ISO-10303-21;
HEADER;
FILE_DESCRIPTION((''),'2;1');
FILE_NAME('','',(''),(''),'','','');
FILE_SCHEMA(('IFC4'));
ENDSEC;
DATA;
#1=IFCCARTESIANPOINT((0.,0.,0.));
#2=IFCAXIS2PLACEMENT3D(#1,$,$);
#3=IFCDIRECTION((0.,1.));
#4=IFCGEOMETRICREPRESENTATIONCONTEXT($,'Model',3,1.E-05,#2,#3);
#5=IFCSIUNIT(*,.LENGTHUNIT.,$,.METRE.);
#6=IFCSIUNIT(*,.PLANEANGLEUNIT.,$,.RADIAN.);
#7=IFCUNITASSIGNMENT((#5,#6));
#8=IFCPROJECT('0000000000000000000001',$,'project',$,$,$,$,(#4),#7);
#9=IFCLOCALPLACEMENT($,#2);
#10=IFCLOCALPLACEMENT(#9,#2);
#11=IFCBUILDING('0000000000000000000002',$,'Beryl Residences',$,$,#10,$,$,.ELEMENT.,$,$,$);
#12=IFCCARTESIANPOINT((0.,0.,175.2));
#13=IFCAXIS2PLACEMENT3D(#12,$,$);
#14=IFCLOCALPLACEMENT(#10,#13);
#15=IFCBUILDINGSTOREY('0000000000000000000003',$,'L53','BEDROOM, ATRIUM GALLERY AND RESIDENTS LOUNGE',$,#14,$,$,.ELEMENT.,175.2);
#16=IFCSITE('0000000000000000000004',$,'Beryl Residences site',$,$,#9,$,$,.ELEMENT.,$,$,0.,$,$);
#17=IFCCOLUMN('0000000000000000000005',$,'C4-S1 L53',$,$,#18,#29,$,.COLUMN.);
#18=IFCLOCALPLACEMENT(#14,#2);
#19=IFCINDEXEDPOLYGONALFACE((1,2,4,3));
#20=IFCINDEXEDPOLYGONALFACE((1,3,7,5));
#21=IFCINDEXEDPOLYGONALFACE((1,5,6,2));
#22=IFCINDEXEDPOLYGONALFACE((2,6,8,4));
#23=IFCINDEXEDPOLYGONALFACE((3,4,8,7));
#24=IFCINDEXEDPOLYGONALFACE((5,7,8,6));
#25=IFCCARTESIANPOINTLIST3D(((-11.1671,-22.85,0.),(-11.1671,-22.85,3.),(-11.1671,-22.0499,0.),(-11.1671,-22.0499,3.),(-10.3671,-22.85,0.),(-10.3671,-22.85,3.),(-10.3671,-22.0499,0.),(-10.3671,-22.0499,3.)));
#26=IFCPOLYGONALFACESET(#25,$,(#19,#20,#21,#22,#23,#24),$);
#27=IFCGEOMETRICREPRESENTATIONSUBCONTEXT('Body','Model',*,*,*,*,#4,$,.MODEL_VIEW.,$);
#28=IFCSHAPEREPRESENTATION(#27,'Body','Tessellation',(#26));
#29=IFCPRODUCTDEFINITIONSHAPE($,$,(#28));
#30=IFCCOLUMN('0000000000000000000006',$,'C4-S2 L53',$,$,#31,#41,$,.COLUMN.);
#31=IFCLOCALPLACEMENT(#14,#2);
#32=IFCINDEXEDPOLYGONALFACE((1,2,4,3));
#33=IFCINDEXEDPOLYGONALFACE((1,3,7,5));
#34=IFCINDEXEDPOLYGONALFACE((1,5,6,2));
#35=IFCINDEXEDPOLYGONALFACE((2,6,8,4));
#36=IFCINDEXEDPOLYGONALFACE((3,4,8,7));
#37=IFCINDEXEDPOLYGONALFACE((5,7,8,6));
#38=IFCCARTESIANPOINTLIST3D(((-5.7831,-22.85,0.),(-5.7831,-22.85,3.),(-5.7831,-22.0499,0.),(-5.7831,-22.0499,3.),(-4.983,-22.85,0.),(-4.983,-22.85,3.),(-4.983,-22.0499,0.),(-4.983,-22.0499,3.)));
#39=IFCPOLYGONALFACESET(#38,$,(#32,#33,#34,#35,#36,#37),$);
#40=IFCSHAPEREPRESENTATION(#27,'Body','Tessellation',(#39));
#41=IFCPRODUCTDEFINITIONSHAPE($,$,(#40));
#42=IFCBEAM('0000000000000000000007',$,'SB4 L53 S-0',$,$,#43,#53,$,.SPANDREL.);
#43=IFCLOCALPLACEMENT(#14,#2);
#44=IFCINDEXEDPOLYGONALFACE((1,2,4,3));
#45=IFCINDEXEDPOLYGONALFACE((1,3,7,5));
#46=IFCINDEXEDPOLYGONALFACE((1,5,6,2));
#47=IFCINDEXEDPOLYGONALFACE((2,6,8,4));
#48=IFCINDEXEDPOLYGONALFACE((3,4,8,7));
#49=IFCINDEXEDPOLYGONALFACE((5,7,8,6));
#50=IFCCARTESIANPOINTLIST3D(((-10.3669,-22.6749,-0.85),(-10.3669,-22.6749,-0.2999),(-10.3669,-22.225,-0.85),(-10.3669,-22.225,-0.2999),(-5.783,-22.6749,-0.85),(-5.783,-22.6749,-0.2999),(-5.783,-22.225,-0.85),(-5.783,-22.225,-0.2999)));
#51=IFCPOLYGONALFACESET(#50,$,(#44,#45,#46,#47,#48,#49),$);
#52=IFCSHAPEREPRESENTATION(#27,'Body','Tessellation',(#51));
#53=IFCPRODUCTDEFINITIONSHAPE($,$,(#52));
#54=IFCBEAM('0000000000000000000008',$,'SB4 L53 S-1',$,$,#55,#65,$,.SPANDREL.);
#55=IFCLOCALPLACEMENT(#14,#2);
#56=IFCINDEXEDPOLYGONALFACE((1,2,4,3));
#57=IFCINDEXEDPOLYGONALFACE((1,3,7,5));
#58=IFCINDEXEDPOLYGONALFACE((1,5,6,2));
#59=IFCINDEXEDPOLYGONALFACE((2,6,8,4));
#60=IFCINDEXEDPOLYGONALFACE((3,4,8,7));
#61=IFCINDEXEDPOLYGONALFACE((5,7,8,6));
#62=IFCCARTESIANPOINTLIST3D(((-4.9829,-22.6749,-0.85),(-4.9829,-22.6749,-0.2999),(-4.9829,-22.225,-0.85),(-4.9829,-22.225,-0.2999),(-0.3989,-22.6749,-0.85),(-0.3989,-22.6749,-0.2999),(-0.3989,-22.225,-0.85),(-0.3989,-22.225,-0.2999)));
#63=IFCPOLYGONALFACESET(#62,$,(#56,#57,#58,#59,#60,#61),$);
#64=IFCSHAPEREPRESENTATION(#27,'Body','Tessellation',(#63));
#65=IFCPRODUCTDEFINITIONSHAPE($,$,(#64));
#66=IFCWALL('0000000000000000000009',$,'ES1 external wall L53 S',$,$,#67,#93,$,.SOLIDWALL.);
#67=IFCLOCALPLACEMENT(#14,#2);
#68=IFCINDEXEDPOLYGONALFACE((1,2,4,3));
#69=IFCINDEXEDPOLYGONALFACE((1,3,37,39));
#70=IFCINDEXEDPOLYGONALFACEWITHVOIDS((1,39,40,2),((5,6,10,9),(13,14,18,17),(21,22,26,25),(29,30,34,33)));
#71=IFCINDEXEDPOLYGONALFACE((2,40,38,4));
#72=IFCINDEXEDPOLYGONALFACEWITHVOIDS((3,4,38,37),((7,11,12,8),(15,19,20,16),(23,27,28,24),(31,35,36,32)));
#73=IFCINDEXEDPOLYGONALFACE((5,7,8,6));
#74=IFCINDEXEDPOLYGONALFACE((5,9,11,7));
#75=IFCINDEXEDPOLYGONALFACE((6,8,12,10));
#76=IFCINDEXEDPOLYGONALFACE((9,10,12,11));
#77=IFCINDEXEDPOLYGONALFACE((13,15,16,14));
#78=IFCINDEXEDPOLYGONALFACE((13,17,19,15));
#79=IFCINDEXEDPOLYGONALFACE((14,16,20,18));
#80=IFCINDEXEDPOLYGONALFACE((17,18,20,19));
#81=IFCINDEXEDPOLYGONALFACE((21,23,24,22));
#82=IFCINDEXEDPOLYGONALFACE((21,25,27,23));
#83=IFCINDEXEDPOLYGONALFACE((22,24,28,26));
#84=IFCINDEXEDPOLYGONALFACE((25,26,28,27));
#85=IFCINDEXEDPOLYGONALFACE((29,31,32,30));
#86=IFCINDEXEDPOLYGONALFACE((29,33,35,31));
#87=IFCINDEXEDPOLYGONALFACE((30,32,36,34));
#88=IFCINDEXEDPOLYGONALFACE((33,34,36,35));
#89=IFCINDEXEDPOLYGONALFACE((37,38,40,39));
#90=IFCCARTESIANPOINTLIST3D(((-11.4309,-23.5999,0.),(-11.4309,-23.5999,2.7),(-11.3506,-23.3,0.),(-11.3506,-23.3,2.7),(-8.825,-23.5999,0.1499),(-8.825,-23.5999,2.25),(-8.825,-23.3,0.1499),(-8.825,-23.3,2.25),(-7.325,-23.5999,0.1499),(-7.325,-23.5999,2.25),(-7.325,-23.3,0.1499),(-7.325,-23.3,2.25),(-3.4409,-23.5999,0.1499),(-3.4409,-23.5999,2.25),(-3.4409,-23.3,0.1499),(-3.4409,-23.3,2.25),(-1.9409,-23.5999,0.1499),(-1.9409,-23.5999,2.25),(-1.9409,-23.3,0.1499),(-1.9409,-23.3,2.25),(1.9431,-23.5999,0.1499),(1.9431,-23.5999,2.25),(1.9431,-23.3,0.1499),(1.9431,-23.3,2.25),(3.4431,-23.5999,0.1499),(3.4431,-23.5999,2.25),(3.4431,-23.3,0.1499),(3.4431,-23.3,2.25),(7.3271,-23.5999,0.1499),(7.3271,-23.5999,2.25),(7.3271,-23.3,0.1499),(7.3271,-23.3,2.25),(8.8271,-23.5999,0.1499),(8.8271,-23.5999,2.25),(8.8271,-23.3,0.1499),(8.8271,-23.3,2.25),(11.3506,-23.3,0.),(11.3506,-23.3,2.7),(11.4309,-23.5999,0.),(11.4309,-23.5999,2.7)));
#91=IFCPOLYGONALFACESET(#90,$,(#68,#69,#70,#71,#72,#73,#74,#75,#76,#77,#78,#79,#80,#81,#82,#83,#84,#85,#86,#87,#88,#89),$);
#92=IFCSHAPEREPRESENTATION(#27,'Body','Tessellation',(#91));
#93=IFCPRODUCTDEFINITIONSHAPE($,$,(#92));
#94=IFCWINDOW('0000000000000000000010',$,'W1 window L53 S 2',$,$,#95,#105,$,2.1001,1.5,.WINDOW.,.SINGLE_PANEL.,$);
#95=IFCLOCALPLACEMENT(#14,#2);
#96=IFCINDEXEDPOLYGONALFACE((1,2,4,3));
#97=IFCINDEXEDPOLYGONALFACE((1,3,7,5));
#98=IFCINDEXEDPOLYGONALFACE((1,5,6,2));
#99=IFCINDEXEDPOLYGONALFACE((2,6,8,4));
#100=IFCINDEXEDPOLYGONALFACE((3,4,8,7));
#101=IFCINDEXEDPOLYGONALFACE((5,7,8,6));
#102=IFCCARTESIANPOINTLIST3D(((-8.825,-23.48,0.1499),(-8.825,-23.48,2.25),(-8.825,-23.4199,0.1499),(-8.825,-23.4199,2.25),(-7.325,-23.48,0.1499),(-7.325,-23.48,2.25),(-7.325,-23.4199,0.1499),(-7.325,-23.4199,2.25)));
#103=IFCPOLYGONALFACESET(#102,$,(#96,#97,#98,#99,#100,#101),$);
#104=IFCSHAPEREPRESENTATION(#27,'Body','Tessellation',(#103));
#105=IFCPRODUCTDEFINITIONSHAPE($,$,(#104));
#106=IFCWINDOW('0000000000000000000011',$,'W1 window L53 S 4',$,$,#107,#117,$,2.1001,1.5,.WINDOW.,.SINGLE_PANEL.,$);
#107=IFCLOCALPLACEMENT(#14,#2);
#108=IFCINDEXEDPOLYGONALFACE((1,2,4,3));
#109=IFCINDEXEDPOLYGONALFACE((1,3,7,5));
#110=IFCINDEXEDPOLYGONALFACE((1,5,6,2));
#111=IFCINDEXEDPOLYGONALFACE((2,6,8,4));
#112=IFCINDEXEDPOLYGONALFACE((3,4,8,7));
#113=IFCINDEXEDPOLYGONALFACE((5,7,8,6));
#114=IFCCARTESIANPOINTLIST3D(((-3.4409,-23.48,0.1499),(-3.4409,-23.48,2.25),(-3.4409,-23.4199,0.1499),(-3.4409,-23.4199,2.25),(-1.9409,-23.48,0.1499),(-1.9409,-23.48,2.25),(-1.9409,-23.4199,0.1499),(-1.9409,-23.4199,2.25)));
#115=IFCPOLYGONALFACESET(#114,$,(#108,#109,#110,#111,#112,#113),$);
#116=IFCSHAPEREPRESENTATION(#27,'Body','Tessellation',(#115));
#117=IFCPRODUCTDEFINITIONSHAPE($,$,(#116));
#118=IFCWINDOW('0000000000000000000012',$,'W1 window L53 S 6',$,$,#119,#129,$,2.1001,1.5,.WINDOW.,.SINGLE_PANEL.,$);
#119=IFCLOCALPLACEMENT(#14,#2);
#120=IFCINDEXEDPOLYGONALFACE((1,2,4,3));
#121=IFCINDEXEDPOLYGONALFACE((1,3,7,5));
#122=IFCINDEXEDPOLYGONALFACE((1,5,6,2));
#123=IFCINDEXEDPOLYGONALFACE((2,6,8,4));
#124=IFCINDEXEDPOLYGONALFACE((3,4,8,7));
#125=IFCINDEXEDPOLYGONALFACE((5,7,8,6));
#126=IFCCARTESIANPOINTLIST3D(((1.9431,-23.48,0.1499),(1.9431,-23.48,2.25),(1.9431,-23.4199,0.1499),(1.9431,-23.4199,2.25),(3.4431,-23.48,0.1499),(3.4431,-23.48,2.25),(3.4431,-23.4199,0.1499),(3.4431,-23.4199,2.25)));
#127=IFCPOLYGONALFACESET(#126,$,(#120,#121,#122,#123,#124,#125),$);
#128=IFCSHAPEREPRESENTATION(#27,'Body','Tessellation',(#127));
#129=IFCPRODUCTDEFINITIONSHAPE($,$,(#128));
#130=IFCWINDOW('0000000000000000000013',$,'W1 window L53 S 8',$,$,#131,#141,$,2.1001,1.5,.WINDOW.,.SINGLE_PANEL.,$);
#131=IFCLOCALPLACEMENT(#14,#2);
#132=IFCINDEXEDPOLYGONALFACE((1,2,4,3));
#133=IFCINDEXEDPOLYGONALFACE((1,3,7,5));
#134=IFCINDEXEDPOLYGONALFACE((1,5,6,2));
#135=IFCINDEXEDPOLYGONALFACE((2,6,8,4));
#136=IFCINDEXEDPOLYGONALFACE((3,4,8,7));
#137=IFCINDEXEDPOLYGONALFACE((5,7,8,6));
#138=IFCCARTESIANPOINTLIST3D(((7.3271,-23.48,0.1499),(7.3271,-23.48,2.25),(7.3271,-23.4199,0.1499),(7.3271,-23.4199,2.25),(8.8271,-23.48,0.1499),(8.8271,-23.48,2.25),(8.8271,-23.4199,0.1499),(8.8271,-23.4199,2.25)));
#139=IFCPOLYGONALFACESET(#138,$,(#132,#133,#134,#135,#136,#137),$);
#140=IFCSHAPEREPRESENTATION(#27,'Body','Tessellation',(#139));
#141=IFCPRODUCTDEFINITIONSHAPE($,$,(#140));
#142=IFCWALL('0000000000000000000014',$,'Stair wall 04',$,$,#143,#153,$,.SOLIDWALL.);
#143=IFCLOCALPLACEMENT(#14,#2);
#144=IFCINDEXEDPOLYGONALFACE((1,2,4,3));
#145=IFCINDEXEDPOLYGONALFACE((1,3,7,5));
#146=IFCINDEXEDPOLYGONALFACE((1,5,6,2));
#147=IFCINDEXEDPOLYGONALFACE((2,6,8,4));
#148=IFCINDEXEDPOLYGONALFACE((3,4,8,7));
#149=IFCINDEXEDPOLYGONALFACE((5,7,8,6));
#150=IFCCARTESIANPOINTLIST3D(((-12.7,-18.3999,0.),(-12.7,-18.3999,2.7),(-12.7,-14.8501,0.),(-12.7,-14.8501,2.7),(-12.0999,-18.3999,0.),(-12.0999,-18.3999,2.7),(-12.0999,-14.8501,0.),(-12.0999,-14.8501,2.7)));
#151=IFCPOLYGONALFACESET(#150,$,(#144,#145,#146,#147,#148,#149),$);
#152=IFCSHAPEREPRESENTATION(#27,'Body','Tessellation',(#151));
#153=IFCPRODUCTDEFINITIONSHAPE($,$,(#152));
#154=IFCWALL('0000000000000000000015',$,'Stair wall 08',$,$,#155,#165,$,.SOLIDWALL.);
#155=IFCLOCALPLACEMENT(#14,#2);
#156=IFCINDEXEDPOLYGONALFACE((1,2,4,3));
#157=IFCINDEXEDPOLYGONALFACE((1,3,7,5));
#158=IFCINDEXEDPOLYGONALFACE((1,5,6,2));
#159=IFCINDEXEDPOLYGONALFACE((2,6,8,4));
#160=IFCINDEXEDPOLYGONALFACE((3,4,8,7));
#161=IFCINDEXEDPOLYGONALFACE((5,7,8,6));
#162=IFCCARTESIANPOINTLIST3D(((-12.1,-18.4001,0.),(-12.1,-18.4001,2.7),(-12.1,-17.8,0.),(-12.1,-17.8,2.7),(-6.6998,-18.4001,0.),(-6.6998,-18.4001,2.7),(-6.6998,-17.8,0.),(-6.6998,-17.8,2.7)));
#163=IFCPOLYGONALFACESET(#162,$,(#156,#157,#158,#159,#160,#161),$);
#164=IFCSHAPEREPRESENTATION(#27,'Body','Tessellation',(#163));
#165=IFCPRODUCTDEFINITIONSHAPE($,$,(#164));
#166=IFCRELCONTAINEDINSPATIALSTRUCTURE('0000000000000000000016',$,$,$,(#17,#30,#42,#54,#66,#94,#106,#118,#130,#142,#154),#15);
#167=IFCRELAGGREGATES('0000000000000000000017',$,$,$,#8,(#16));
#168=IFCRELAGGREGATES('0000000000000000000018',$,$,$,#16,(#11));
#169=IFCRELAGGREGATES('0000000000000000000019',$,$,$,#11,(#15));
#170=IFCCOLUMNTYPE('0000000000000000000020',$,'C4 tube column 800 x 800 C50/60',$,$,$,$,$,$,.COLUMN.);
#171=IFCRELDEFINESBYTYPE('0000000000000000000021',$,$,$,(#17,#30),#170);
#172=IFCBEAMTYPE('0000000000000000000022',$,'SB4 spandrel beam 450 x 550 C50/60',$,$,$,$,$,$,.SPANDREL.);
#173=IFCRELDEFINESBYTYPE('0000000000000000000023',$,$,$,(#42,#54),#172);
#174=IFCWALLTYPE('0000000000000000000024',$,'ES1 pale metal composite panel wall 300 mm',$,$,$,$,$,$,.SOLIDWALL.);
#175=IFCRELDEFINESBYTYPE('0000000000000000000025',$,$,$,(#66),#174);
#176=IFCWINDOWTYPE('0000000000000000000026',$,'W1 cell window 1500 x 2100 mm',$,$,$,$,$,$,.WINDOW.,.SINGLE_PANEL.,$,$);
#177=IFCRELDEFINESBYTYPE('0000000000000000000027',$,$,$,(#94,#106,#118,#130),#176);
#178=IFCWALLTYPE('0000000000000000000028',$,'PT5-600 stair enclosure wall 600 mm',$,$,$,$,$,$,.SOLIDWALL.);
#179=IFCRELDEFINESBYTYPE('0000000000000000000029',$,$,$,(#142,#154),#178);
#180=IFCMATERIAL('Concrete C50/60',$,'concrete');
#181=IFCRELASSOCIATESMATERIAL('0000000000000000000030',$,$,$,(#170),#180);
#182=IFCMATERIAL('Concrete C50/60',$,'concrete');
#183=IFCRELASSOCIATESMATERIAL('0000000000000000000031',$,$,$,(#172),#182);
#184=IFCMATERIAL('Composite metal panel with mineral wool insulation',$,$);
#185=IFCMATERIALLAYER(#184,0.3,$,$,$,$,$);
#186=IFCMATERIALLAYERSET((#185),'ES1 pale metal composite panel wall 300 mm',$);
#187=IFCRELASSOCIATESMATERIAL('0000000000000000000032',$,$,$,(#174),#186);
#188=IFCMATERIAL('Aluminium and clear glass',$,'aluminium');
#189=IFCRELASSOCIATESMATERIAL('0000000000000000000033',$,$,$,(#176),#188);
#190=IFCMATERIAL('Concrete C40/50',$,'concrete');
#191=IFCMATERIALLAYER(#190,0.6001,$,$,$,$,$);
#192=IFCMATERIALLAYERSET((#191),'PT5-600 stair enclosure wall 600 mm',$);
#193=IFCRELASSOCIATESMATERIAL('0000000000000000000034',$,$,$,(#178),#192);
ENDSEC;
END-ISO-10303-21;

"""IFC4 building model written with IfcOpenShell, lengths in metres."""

from ifc_helpers import new_model, si_unit, direction, frame, frame_2d, origin, origin_2d, place, context, subcontext, project, spatial, polyline, rectangle, outline, extrude, material, layer, layer_set, material_profile, profile_set, type_object, element, fill, save


model = new_model("IFC4")

# Units and contexts
model_context = context("Model", 3, precision=1e-05, world=origin(), true_north=direction((0.0, 1.0)))
body_context = subcontext(model_context, "Body", "Model", "MODEL_VIEW")
ifc_project = project(units=[si_unit("LENGTHUNIT", "METRE"), si_unit("PLANEANGLEUNIT", "RADIAN")], contexts=[model_context])

# Site, building, storey
site_placement = place(None, origin())
site = spatial("IfcSite", under=ifc_project, at=site_placement, Name="Beryl Residences site", CompositionType="ELEMENT", RefElevation=0.0)
building_placement = place(site_placement, origin())
building = spatial("IfcBuilding", under=site, at=building_placement, Name="Beryl Residences", CompositionType="ELEMENT")
storey_placement = place(building_placement, frame((0.0, 0.0, 175.2)))
storey = spatial("IfcBuildingStorey", under=building, at=storey_placement, Name="L53", Description="BEDROOM, ATRIUM GALLERY AND RESIDENTS LOUNGE", CompositionType="ELEMENT", Elevation=175.2)

# Columns
ifc_material_1 = material(Name="Concrete C50/60", Category="concrete")
ifc_material_profile_1 = material_profile(ifc_material_1, rectangle(XDim=0.8, YDim=0.8, at=origin_2d()))
ifc_profile_set_1 = profile_set([ifc_material_profile_1], Name="Concrete C50/60")
column_type = type_object("IfcColumnType", Name="C4 tube column 800 x 800 C50/60", PredefinedType="COLUMN", material=ifc_profile_set_1)
for number, where, z_axis, x_axis, name in (
    (1, (-10.7671, -22.45, 0.0), (0.0, 0.0, 1.0), (1.0, 0.0, 0.0), "C4-S1 L53"),
    (2, (-5.3831, -22.45, 0.0), (0.0, 0.0, 1.0), (1.0, 0.0, 0.0), "C4-S2 L53"),
):
    element("IfcColumn", number, at=place(storey_placement, frame(where, z_axis=z_axis, x_axis=x_axis)), inside=storey, type_object=column_type, Name=name, PredefinedType="COLUMN", context=body_context, shape_type="SweptSolid", body=[
        extrude(rectangle(XDim=0.8, YDim=0.8, at=origin_2d()), origin(), (0.0, 0.0, 1.0), 3.0),
    ])

# Beams
ifc_material_2 = material(Name="Concrete C50/60", Category="concrete")
ifc_material_profile_2 = material_profile(ifc_material_2, rectangle(XDim=0.45, YDim=0.55, at=origin_2d()))
ifc_profile_set_2 = profile_set([ifc_material_profile_2], Name="Concrete C50/60")
beam_type = type_object("IfcBeamType", Name="SB4 spandrel beam 450 x 550 C50/60", PredefinedType="SPANDREL", material=ifc_profile_set_2)
for number, where, z_axis, x_axis, name in (
    (3, (-10.3669, -22.45, -0.575), (1.0, 0.0, 0.0), (0.0, 1.0, 0.0), "SB4 L53 S-0"),
    (4, (-4.9829, -22.45, -0.575), (1.0, 0.0, 0.0), (0.0, 1.0, 0.0), "SB4 L53 S-1"),
):
    element("IfcBeam", number, at=place(storey_placement, frame(where, z_axis=z_axis, x_axis=x_axis)), inside=storey, type_object=beam_type, Name=name, PredefinedType="SPANDREL", context=body_context, shape_type="SweptSolid", body=[
        extrude(rectangle(XDim=0.45, YDim=0.55, at=origin_2d()), origin(), (0.0, 0.0, 1.0), 4.584),
    ])

# Wall, openings, windows
ifc_material_3 = material(Name="Composite metal panel with mineral wool insulation")
ifc_layer_1 = layer(ifc_material_3, 0.3)
ifc_layer_set_1 = layer_set([ifc_layer_1], Name="ES1 pale metal composite panel wall 300 mm")
wall_type_1 = type_object("IfcWallType", Name="ES1 pale metal composite panel wall 300 mm", PredefinedType="SOLIDWALL", material=ifc_layer_set_1)
wall_1_placement = place(storey_placement, frame((-11.4309, -23.45, 0.0), z_axis=(0.0, 0.0, 1.0), x_axis=(1.0, 0.0, 0.0)))
wall_1 = element("IfcWall", 5, at=wall_1_placement, inside=storey, type_object=wall_type_1, Name="ES1 external wall L53 S", PredefinedType="SOLIDWALL", context=body_context, shape_type="SweptSolid", body=[
    extrude(outline(polyline([(0.0, -0.1499), (22.8618, -0.1499), (22.7815, 0.1499), (0.0803, 0.1499), (0.0, -0.1499)])), origin(), (0.0, 0.0, 1.0), 2.7),
])
opening_1_placement = place(wall_1_placement, frame((2.606, 0.0, 0.1499)))
opening_1 = element("IfcOpeningElement", 6, at=opening_1_placement, cuts=wall_1, PredefinedType="OPENING", context=body_context, shape_type="SweptSolid", body=[
    extrude(rectangle(XDim=1.5, YDim=2.1001, at=frame_2d((0.75, 1.05))), frame((0.0, 0.1599, 0.0), z_axis=(0.0, -1.0, 0.0), x_axis=(1.0, 0.0, 0.0)), (0.0, 0.0, 1.0), 0.3201),
])
opening_2_placement = place(wall_1_placement, frame((7.99, 0.0, 0.1499)))
opening_2 = element("IfcOpeningElement", 7, at=opening_2_placement, cuts=wall_1, PredefinedType="OPENING", context=body_context, shape_type="SweptSolid", body=[
    extrude(rectangle(XDim=1.5, YDim=2.1001, at=frame_2d((0.75, 1.05))), frame((0.0, 0.1599, 0.0), z_axis=(0.0, -1.0, 0.0), x_axis=(1.0, 0.0, 0.0)), (0.0, 0.0, 1.0), 0.3201),
])
opening_3_placement = place(wall_1_placement, frame((13.374, 0.0, 0.1499)))
opening_3 = element("IfcOpeningElement", 8, at=opening_3_placement, cuts=wall_1, PredefinedType="OPENING", context=body_context, shape_type="SweptSolid", body=[
    extrude(rectangle(XDim=1.5, YDim=2.1001, at=frame_2d((0.75, 1.05))), frame((0.0, 0.1599, 0.0), z_axis=(0.0, -1.0, 0.0), x_axis=(1.0, 0.0, 0.0)), (0.0, 0.0, 1.0), 0.3201),
])
opening_4_placement = place(wall_1_placement, frame((18.7581, 0.0, 0.1499)))
opening_4 = element("IfcOpeningElement", 9, at=opening_4_placement, cuts=wall_1, PredefinedType="OPENING", context=body_context, shape_type="SweptSolid", body=[
    extrude(rectangle(XDim=1.5, YDim=2.1001, at=frame_2d((0.75, 1.05))), frame((0.0, 0.1599, 0.0), z_axis=(0.0, -1.0, 0.0), x_axis=(1.0, 0.0, 0.0)), (0.0, 0.0, 1.0), 0.3201),
])
ifc_material_4 = material(Name="Aluminium and clear glass", Category="aluminium")
window_type = type_object("IfcWindowType", Name="W1 cell window 1500 x 2100 mm", PartitioningType="SINGLE_PANEL", PredefinedType="WINDOW", material=ifc_material_4)
window_1_placement = place(opening_1_placement, origin())
window_1 = element("IfcWindow", 10, at=window_1_placement, inside=storey, type_object=window_type, Name="W1 window L53 S 2", OverallHeight=2.1001, OverallWidth=1.5, PartitioningType="SINGLE_PANEL", PredefinedType="WINDOW", context=body_context, shape_type="SweptSolid", body=[
    extrude(rectangle(XDim=1.5, YDim=2.1001, at=frame_2d((0.75, 1.05))), frame((0.0, 0.03, 0.0), z_axis=(0.0, -1.0, 0.0), x_axis=(1.0, 0.0, 0.0)), (0.0, 0.0, 1.0), 0.0601),
])
fill(opening_1, window_1)
window_2_placement = place(opening_2_placement, origin())
window_2 = element("IfcWindow", 11, at=window_2_placement, inside=storey, type_object=window_type, Name="W1 window L53 S 4", OverallHeight=2.1001, OverallWidth=1.5, PartitioningType="SINGLE_PANEL", PredefinedType="WINDOW", context=body_context, shape_type="SweptSolid", body=[
    extrude(rectangle(XDim=1.5, YDim=2.1001, at=frame_2d((0.75, 1.05))), frame((0.0, 0.03, 0.0), z_axis=(0.0, -1.0, 0.0), x_axis=(1.0, 0.0, 0.0)), (0.0, 0.0, 1.0), 0.0601),
])
fill(opening_2, window_2)
window_3_placement = place(opening_3_placement, origin())
window_3 = element("IfcWindow", 12, at=window_3_placement, inside=storey, type_object=window_type, Name="W1 window L53 S 6", OverallHeight=2.1001, OverallWidth=1.5, PartitioningType="SINGLE_PANEL", PredefinedType="WINDOW", context=body_context, shape_type="SweptSolid", body=[
    extrude(rectangle(XDim=1.5, YDim=2.1001, at=frame_2d((0.75, 1.05))), frame((0.0, 0.03, 0.0), z_axis=(0.0, -1.0, 0.0), x_axis=(1.0, 0.0, 0.0)), (0.0, 0.0, 1.0), 0.0601),
])
fill(opening_3, window_3)
window_4_placement = place(opening_4_placement, origin())
window_4 = element("IfcWindow", 13, at=window_4_placement, inside=storey, type_object=window_type, Name="W1 window L53 S 8", OverallHeight=2.1001, OverallWidth=1.5, PartitioningType="SINGLE_PANEL", PredefinedType="WINDOW", context=body_context, shape_type="SweptSolid", body=[
    extrude(rectangle(XDim=1.5, YDim=2.1001, at=frame_2d((0.75, 1.05))), frame((0.0, 0.03, 0.0), z_axis=(0.0, -1.0, 0.0), x_axis=(1.0, 0.0, 0.0)), (0.0, 0.0, 1.0), 0.0601),
])
fill(opening_4, window_4)

# Walls
ifc_material_5 = material(Name="Concrete C40/50", Category="concrete")
ifc_layer_2 = layer(ifc_material_5, 0.6001)
ifc_layer_set_2 = layer_set([ifc_layer_2], Name="PT5-600 stair enclosure wall 600 mm")
wall_type_2 = type_object("IfcWallType", Name="PT5-600 stair enclosure wall 600 mm", PredefinedType="SOLIDWALL", material=ifc_layer_set_2)
wall_2_placement = place(storey_placement, frame((-12.3999, -18.3999, 0.0), z_axis=(0.0, 0.0, 1.0), x_axis=(0.0, 1.0, 0.0)))
element("IfcWall", 14, at=wall_2_placement, inside=storey, type_object=wall_type_2, Name="Stair wall 04", PredefinedType="SOLIDWALL", context=body_context, shape_type="SweptSolid", body=[
    extrude(rectangle(XDim=3.5498, YDim=0.6001, at=frame_2d((1.7749, 0.0))), origin(), (0.0, 0.0, 1.0), 2.7),
])
wall_3_placement = place(storey_placement, frame((-12.1001, -18.1001, 0.0), z_axis=(0.0, 0.0, 1.0), x_axis=(1.0, 0.0, 0.0)))
element("IfcWall", 15, at=wall_3_placement, inside=storey, type_object=wall_type_2, Name="Stair wall 08", PredefinedType="SOLIDWALL", context=body_context, shape_type="SweptSolid", body=[
    extrude(rectangle(XDim=5.4001, YDim=0.6001, at=frame_2d((2.7002, 0.0))), origin(), (0.0, 0.0, 1.0), 2.7),
])

save(model, "model.ifc")
